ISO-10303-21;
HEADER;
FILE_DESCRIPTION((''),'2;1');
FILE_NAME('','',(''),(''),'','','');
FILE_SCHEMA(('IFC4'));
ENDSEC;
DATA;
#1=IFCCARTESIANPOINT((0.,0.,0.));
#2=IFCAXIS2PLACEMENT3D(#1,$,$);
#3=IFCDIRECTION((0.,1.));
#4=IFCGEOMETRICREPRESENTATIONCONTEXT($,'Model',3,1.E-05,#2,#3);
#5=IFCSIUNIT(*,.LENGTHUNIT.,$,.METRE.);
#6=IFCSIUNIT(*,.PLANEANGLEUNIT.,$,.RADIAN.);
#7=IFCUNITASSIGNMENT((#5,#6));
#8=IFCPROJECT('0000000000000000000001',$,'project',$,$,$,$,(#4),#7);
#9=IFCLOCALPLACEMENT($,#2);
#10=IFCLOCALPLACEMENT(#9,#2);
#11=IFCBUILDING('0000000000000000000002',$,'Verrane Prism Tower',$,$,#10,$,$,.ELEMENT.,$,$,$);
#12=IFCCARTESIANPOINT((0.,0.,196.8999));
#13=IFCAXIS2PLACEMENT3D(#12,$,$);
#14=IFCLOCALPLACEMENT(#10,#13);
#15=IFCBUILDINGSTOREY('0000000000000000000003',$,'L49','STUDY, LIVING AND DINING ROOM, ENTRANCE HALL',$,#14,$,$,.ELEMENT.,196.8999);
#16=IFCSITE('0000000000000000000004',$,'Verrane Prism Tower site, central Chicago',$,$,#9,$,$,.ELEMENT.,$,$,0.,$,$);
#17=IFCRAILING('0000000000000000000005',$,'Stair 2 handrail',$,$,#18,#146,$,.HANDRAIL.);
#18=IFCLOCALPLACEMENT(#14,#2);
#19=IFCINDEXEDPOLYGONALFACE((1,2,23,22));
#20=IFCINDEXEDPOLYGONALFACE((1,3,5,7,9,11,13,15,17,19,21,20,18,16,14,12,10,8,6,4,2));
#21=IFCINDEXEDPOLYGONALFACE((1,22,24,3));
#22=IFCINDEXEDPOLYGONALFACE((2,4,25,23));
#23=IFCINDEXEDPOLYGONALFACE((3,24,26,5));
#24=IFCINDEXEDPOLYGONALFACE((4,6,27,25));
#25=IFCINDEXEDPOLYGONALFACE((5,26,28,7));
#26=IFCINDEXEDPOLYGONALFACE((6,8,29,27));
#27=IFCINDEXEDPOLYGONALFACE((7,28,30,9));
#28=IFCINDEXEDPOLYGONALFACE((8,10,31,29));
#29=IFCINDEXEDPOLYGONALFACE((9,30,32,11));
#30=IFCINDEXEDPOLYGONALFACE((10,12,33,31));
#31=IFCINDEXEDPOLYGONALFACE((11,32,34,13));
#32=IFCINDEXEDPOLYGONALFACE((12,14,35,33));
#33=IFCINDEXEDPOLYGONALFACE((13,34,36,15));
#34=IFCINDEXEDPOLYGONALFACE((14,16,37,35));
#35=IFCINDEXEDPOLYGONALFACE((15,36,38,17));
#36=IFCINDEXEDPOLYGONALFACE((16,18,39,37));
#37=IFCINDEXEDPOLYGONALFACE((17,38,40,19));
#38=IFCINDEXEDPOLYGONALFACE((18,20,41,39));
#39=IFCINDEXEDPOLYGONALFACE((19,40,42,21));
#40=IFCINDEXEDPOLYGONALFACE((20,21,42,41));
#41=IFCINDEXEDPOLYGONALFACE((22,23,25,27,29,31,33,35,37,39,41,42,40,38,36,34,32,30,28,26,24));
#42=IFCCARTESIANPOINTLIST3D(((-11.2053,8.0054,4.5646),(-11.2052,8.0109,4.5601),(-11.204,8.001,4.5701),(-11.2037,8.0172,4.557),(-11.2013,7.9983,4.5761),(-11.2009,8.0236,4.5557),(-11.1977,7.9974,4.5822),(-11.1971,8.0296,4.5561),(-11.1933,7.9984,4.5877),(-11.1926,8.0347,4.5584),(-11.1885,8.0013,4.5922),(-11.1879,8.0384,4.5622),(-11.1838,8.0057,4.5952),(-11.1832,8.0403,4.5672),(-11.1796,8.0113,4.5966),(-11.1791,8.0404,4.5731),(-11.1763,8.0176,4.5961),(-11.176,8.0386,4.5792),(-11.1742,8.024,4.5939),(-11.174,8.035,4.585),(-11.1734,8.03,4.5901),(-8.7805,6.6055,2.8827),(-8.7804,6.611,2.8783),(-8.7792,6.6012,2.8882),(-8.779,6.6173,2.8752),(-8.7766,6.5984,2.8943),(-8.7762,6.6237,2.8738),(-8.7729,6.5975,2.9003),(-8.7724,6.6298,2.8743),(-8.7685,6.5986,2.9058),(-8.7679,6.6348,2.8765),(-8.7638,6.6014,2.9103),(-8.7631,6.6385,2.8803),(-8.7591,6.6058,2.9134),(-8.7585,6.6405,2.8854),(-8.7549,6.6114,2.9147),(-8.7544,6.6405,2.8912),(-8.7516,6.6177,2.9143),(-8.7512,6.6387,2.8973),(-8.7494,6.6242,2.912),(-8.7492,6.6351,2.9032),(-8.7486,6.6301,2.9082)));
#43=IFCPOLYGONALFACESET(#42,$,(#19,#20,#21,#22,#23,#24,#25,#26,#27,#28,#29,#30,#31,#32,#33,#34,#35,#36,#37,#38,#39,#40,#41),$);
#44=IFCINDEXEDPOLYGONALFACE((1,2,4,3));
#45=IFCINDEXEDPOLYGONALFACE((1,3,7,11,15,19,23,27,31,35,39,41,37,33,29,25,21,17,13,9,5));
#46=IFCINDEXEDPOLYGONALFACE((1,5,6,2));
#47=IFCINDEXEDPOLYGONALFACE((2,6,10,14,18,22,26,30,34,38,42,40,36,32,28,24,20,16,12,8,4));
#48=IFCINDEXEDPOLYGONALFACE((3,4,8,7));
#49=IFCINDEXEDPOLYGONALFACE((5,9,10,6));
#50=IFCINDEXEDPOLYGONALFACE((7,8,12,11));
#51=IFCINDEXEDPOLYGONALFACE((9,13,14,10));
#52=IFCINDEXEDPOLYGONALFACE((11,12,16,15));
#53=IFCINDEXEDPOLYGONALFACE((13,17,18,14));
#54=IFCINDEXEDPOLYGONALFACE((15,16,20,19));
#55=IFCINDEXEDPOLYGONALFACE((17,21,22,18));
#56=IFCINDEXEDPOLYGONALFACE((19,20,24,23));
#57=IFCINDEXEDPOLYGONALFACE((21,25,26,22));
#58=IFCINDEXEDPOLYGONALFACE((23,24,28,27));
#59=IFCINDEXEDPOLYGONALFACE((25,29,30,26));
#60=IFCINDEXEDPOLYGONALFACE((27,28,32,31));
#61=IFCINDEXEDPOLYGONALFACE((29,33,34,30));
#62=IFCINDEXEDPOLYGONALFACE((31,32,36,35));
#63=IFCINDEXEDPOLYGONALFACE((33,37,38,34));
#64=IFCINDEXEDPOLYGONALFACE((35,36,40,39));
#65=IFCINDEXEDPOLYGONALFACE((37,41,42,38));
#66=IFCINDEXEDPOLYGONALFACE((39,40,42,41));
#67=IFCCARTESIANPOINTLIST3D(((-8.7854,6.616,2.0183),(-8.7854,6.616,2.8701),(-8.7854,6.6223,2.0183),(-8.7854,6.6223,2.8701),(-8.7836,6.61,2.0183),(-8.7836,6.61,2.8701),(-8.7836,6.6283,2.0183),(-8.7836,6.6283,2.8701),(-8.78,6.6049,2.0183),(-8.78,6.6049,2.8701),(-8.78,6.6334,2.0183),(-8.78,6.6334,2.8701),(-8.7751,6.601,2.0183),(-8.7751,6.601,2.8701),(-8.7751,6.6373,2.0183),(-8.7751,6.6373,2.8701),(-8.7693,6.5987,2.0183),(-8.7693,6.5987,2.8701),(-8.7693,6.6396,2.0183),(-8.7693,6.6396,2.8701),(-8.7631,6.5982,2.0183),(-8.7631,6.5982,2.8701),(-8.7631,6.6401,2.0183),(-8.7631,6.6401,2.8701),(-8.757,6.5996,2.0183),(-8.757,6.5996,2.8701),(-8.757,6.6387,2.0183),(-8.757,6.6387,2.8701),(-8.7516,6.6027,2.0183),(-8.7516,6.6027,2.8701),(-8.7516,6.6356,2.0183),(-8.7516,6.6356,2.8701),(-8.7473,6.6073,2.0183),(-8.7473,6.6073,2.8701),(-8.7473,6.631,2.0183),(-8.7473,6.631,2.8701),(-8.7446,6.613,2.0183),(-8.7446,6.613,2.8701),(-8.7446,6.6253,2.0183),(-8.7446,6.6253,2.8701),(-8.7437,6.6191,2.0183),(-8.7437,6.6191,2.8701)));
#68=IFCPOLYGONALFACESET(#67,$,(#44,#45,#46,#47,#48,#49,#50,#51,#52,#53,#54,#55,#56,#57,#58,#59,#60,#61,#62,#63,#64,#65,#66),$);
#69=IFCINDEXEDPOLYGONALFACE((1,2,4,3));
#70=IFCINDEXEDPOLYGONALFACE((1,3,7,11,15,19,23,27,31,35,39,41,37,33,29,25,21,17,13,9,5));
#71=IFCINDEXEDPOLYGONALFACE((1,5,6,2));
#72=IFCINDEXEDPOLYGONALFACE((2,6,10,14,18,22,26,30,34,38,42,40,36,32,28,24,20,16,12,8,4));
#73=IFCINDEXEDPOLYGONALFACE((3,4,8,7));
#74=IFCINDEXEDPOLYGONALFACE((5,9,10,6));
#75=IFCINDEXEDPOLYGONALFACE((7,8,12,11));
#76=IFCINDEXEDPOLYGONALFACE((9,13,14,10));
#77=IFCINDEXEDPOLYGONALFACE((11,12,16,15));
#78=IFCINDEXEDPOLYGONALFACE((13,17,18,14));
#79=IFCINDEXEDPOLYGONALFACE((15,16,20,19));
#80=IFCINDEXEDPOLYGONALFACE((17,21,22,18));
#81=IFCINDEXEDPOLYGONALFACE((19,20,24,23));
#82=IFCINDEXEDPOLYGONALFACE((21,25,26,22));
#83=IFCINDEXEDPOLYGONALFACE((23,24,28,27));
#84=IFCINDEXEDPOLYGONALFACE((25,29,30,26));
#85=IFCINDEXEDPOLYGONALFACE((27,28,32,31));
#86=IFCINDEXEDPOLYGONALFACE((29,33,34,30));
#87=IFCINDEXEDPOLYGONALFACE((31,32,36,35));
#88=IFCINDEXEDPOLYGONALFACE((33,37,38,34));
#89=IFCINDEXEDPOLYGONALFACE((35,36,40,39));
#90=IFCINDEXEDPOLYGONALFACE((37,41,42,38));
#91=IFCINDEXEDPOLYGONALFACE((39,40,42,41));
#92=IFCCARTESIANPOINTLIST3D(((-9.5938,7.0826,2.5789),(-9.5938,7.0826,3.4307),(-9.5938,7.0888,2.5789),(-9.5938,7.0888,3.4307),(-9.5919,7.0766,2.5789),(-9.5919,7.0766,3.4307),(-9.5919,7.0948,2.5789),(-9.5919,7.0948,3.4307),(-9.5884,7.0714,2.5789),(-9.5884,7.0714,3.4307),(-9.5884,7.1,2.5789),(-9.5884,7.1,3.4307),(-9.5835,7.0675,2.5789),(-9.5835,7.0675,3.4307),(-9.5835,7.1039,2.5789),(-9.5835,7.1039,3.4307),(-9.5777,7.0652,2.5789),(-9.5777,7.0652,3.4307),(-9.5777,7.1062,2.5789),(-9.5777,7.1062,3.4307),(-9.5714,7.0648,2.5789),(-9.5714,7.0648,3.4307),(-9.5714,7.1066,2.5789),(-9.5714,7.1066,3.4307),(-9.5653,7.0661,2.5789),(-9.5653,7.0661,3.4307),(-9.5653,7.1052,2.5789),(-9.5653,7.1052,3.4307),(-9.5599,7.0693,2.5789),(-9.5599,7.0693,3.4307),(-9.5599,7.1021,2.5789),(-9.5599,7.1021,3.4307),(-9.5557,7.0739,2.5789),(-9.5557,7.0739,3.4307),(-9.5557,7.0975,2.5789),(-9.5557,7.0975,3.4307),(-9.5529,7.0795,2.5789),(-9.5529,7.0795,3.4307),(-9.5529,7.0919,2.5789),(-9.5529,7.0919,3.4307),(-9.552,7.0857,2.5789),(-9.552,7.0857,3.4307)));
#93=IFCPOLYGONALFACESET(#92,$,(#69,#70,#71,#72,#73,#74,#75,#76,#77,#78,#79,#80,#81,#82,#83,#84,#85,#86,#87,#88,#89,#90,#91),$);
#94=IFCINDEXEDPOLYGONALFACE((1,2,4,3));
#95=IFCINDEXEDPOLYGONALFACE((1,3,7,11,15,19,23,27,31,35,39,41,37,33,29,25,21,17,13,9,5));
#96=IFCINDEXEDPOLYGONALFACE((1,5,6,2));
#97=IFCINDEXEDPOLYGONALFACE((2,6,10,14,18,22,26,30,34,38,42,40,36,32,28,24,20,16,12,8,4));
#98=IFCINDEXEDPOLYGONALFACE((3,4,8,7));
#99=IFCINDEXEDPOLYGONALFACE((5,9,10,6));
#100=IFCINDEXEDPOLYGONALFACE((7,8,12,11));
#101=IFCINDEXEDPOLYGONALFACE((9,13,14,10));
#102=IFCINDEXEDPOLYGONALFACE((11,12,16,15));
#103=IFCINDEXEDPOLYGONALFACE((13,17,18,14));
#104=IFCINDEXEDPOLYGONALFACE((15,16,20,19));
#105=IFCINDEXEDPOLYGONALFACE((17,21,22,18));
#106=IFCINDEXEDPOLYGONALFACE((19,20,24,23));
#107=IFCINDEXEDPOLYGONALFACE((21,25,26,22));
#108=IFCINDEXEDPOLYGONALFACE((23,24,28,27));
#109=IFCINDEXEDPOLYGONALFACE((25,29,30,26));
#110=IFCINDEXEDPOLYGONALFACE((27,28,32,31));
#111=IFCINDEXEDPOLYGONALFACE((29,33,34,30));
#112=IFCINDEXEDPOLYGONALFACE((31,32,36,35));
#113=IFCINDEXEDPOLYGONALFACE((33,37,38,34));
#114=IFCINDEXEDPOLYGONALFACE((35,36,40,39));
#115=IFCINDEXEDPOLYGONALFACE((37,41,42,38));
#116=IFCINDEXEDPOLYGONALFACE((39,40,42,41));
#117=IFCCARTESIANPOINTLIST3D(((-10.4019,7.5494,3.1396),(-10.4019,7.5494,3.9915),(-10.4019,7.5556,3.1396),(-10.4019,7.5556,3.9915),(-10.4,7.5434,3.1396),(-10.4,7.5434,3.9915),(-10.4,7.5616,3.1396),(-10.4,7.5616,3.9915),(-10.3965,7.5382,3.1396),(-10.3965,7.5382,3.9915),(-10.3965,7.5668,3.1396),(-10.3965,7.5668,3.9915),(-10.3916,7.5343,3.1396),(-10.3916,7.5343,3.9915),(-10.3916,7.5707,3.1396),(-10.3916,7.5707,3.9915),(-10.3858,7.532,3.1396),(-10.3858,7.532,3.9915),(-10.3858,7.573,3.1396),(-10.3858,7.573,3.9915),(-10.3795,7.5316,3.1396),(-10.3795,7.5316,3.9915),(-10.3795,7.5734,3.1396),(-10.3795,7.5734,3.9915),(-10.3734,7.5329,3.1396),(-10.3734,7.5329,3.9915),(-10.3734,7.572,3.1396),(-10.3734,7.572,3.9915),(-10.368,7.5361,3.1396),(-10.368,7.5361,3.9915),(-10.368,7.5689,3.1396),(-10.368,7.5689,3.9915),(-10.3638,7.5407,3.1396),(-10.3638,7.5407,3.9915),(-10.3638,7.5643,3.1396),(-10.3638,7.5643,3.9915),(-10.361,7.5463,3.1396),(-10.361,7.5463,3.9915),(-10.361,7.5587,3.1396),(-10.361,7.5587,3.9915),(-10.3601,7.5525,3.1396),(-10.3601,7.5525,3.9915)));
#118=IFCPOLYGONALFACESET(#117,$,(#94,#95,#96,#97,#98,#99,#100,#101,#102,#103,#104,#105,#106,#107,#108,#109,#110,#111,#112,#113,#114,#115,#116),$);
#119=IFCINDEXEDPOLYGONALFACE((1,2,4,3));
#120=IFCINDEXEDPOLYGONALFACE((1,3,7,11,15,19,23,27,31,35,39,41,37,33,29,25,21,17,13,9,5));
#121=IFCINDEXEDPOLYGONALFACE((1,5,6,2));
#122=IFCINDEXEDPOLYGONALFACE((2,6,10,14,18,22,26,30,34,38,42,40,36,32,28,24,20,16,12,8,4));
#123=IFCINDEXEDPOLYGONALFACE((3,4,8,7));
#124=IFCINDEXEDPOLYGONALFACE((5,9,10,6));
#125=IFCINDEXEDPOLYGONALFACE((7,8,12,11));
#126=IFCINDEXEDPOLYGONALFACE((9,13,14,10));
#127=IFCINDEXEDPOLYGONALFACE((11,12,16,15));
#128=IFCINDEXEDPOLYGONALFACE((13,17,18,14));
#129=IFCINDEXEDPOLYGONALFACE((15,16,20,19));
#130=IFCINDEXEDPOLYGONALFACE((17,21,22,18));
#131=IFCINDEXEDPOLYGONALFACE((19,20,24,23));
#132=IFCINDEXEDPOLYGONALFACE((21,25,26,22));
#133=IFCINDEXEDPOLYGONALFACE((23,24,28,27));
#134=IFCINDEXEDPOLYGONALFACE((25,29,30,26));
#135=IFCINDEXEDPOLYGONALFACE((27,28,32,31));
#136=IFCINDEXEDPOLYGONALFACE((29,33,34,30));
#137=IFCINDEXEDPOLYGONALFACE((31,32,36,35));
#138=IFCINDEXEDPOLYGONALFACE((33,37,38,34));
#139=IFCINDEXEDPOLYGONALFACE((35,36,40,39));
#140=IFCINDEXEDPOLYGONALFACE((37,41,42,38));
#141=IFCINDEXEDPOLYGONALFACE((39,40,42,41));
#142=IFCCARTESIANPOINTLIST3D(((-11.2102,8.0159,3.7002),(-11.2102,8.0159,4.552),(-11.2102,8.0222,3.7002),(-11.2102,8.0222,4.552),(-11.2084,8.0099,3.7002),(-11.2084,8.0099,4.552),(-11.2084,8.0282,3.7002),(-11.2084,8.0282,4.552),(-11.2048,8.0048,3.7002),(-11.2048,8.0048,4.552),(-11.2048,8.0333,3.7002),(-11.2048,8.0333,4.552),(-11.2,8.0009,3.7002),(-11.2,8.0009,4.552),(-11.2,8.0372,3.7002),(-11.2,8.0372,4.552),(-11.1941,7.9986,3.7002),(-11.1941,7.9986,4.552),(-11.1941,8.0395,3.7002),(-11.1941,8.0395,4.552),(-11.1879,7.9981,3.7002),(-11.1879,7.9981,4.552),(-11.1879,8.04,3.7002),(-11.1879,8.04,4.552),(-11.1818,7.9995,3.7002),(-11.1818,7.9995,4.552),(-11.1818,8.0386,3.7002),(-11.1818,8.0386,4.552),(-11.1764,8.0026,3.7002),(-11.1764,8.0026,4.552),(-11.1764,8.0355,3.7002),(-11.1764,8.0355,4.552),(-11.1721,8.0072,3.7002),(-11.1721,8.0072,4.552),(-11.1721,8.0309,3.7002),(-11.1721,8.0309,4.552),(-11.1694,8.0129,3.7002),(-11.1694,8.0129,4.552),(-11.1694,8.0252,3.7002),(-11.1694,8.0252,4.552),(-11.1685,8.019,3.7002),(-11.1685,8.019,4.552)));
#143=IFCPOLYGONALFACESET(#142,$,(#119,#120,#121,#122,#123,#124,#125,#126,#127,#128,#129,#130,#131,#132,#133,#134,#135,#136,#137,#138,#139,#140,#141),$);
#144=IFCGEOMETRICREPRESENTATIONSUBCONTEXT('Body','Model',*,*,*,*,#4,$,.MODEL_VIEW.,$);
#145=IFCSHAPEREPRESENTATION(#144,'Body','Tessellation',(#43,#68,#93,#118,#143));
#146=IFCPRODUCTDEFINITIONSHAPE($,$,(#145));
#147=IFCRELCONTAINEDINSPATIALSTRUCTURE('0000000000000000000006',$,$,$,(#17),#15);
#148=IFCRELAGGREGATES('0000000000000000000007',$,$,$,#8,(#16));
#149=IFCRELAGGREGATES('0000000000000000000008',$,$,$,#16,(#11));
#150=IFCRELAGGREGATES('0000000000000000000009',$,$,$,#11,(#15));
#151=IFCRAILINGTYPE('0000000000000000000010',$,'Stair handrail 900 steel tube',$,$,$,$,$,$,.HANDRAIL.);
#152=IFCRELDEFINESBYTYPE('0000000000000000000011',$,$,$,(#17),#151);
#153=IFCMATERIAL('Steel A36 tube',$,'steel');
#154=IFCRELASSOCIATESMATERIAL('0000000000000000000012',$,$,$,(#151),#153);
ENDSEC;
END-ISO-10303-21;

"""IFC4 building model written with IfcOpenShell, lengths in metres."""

from ifc_helpers import new_model, si_unit, direction, frame, origin, origin_2d, place, context, subcontext, project, spatial, circle, extrude, material, type_object, element, save


model = new_model("IFC4")

# Units and contexts
model_context = context("Model", 3, precision=1e-05, world=origin(), true_north=direction((0.0, 1.0)))
body_context = subcontext(model_context, "Body", "Model", "MODEL_VIEW")
ifc_project = project(units=[si_unit("LENGTHUNIT", "METRE"), si_unit("PLANEANGLEUNIT", "RADIAN")], contexts=[model_context])

# Site, building, storey
site_placement = place(None, origin())
site = spatial("IfcSite", under=ifc_project, at=site_placement, Name="Verrane Prism Tower site, central Chicago", CompositionType="ELEMENT", RefElevation=0.0)
building_placement = place(site_placement, origin())
building = spatial("IfcBuilding", under=site, at=building_placement, Name="Verrane Prism Tower", CompositionType="ELEMENT")
storey_placement = place(building_placement, frame((0.0, 0.0, 196.8999)))
storey = spatial("IfcBuildingStorey", under=building, at=storey_placement, Name="L49", Description="STUDY, LIVING AND DINING ROOM, ENTRANCE HALL", CompositionType="ELEMENT", Elevation=196.8999)

# Railing
ifc_material_1 = material(Name="Steel A36 tube", Category="steel")
railing_type_1 = type_object("IfcRailingType", Name="Stair handrail 900 steel tube", PredefinedType="HANDRAIL", material=ifc_material_1)
railing_1_placement = place(storey_placement, frame((-8.7646, 6.6191, 2.0183)))
element("IfcRailing", 1, at=railing_1_placement, inside=storey, type_object=railing_type_1, Name="Stair 2 handrail", PredefinedType="HANDRAIL", context=body_context, shape_type="SweptSolid", body=[
    extrude(circle(Radius=0.0239, at=origin_2d()), frame((0.0, 0.0, 0.876), z_axis=(-0.74239, 0.428601, 0.514934), x_axis=(-0.499984, -0.866035, 0.0)), (0.0, 0.0, 1.0), 3.2661),
    extrude(circle(Radius=0.021, at=origin_2d()), origin(), (0.0, 0.0, 1.0), 0.8518),
    extrude(circle(Radius=0.021, at=origin_2d()), frame((-0.8083, 0.4666, 0.5605)), (0.0, 0.0, 1.0), 0.8518),
    extrude(circle(Radius=0.021, at=origin_2d()), frame((-1.6165, 0.9333, 1.1213)), (0.0, 0.0, 1.0), 0.8518),
    extrude(circle(Radius=0.021, at=origin_2d()), frame((-2.4248, 1.3999, 1.6819)), (0.0, 0.0, 1.0), 0.8518),
])

save(model, "model.ifc")
